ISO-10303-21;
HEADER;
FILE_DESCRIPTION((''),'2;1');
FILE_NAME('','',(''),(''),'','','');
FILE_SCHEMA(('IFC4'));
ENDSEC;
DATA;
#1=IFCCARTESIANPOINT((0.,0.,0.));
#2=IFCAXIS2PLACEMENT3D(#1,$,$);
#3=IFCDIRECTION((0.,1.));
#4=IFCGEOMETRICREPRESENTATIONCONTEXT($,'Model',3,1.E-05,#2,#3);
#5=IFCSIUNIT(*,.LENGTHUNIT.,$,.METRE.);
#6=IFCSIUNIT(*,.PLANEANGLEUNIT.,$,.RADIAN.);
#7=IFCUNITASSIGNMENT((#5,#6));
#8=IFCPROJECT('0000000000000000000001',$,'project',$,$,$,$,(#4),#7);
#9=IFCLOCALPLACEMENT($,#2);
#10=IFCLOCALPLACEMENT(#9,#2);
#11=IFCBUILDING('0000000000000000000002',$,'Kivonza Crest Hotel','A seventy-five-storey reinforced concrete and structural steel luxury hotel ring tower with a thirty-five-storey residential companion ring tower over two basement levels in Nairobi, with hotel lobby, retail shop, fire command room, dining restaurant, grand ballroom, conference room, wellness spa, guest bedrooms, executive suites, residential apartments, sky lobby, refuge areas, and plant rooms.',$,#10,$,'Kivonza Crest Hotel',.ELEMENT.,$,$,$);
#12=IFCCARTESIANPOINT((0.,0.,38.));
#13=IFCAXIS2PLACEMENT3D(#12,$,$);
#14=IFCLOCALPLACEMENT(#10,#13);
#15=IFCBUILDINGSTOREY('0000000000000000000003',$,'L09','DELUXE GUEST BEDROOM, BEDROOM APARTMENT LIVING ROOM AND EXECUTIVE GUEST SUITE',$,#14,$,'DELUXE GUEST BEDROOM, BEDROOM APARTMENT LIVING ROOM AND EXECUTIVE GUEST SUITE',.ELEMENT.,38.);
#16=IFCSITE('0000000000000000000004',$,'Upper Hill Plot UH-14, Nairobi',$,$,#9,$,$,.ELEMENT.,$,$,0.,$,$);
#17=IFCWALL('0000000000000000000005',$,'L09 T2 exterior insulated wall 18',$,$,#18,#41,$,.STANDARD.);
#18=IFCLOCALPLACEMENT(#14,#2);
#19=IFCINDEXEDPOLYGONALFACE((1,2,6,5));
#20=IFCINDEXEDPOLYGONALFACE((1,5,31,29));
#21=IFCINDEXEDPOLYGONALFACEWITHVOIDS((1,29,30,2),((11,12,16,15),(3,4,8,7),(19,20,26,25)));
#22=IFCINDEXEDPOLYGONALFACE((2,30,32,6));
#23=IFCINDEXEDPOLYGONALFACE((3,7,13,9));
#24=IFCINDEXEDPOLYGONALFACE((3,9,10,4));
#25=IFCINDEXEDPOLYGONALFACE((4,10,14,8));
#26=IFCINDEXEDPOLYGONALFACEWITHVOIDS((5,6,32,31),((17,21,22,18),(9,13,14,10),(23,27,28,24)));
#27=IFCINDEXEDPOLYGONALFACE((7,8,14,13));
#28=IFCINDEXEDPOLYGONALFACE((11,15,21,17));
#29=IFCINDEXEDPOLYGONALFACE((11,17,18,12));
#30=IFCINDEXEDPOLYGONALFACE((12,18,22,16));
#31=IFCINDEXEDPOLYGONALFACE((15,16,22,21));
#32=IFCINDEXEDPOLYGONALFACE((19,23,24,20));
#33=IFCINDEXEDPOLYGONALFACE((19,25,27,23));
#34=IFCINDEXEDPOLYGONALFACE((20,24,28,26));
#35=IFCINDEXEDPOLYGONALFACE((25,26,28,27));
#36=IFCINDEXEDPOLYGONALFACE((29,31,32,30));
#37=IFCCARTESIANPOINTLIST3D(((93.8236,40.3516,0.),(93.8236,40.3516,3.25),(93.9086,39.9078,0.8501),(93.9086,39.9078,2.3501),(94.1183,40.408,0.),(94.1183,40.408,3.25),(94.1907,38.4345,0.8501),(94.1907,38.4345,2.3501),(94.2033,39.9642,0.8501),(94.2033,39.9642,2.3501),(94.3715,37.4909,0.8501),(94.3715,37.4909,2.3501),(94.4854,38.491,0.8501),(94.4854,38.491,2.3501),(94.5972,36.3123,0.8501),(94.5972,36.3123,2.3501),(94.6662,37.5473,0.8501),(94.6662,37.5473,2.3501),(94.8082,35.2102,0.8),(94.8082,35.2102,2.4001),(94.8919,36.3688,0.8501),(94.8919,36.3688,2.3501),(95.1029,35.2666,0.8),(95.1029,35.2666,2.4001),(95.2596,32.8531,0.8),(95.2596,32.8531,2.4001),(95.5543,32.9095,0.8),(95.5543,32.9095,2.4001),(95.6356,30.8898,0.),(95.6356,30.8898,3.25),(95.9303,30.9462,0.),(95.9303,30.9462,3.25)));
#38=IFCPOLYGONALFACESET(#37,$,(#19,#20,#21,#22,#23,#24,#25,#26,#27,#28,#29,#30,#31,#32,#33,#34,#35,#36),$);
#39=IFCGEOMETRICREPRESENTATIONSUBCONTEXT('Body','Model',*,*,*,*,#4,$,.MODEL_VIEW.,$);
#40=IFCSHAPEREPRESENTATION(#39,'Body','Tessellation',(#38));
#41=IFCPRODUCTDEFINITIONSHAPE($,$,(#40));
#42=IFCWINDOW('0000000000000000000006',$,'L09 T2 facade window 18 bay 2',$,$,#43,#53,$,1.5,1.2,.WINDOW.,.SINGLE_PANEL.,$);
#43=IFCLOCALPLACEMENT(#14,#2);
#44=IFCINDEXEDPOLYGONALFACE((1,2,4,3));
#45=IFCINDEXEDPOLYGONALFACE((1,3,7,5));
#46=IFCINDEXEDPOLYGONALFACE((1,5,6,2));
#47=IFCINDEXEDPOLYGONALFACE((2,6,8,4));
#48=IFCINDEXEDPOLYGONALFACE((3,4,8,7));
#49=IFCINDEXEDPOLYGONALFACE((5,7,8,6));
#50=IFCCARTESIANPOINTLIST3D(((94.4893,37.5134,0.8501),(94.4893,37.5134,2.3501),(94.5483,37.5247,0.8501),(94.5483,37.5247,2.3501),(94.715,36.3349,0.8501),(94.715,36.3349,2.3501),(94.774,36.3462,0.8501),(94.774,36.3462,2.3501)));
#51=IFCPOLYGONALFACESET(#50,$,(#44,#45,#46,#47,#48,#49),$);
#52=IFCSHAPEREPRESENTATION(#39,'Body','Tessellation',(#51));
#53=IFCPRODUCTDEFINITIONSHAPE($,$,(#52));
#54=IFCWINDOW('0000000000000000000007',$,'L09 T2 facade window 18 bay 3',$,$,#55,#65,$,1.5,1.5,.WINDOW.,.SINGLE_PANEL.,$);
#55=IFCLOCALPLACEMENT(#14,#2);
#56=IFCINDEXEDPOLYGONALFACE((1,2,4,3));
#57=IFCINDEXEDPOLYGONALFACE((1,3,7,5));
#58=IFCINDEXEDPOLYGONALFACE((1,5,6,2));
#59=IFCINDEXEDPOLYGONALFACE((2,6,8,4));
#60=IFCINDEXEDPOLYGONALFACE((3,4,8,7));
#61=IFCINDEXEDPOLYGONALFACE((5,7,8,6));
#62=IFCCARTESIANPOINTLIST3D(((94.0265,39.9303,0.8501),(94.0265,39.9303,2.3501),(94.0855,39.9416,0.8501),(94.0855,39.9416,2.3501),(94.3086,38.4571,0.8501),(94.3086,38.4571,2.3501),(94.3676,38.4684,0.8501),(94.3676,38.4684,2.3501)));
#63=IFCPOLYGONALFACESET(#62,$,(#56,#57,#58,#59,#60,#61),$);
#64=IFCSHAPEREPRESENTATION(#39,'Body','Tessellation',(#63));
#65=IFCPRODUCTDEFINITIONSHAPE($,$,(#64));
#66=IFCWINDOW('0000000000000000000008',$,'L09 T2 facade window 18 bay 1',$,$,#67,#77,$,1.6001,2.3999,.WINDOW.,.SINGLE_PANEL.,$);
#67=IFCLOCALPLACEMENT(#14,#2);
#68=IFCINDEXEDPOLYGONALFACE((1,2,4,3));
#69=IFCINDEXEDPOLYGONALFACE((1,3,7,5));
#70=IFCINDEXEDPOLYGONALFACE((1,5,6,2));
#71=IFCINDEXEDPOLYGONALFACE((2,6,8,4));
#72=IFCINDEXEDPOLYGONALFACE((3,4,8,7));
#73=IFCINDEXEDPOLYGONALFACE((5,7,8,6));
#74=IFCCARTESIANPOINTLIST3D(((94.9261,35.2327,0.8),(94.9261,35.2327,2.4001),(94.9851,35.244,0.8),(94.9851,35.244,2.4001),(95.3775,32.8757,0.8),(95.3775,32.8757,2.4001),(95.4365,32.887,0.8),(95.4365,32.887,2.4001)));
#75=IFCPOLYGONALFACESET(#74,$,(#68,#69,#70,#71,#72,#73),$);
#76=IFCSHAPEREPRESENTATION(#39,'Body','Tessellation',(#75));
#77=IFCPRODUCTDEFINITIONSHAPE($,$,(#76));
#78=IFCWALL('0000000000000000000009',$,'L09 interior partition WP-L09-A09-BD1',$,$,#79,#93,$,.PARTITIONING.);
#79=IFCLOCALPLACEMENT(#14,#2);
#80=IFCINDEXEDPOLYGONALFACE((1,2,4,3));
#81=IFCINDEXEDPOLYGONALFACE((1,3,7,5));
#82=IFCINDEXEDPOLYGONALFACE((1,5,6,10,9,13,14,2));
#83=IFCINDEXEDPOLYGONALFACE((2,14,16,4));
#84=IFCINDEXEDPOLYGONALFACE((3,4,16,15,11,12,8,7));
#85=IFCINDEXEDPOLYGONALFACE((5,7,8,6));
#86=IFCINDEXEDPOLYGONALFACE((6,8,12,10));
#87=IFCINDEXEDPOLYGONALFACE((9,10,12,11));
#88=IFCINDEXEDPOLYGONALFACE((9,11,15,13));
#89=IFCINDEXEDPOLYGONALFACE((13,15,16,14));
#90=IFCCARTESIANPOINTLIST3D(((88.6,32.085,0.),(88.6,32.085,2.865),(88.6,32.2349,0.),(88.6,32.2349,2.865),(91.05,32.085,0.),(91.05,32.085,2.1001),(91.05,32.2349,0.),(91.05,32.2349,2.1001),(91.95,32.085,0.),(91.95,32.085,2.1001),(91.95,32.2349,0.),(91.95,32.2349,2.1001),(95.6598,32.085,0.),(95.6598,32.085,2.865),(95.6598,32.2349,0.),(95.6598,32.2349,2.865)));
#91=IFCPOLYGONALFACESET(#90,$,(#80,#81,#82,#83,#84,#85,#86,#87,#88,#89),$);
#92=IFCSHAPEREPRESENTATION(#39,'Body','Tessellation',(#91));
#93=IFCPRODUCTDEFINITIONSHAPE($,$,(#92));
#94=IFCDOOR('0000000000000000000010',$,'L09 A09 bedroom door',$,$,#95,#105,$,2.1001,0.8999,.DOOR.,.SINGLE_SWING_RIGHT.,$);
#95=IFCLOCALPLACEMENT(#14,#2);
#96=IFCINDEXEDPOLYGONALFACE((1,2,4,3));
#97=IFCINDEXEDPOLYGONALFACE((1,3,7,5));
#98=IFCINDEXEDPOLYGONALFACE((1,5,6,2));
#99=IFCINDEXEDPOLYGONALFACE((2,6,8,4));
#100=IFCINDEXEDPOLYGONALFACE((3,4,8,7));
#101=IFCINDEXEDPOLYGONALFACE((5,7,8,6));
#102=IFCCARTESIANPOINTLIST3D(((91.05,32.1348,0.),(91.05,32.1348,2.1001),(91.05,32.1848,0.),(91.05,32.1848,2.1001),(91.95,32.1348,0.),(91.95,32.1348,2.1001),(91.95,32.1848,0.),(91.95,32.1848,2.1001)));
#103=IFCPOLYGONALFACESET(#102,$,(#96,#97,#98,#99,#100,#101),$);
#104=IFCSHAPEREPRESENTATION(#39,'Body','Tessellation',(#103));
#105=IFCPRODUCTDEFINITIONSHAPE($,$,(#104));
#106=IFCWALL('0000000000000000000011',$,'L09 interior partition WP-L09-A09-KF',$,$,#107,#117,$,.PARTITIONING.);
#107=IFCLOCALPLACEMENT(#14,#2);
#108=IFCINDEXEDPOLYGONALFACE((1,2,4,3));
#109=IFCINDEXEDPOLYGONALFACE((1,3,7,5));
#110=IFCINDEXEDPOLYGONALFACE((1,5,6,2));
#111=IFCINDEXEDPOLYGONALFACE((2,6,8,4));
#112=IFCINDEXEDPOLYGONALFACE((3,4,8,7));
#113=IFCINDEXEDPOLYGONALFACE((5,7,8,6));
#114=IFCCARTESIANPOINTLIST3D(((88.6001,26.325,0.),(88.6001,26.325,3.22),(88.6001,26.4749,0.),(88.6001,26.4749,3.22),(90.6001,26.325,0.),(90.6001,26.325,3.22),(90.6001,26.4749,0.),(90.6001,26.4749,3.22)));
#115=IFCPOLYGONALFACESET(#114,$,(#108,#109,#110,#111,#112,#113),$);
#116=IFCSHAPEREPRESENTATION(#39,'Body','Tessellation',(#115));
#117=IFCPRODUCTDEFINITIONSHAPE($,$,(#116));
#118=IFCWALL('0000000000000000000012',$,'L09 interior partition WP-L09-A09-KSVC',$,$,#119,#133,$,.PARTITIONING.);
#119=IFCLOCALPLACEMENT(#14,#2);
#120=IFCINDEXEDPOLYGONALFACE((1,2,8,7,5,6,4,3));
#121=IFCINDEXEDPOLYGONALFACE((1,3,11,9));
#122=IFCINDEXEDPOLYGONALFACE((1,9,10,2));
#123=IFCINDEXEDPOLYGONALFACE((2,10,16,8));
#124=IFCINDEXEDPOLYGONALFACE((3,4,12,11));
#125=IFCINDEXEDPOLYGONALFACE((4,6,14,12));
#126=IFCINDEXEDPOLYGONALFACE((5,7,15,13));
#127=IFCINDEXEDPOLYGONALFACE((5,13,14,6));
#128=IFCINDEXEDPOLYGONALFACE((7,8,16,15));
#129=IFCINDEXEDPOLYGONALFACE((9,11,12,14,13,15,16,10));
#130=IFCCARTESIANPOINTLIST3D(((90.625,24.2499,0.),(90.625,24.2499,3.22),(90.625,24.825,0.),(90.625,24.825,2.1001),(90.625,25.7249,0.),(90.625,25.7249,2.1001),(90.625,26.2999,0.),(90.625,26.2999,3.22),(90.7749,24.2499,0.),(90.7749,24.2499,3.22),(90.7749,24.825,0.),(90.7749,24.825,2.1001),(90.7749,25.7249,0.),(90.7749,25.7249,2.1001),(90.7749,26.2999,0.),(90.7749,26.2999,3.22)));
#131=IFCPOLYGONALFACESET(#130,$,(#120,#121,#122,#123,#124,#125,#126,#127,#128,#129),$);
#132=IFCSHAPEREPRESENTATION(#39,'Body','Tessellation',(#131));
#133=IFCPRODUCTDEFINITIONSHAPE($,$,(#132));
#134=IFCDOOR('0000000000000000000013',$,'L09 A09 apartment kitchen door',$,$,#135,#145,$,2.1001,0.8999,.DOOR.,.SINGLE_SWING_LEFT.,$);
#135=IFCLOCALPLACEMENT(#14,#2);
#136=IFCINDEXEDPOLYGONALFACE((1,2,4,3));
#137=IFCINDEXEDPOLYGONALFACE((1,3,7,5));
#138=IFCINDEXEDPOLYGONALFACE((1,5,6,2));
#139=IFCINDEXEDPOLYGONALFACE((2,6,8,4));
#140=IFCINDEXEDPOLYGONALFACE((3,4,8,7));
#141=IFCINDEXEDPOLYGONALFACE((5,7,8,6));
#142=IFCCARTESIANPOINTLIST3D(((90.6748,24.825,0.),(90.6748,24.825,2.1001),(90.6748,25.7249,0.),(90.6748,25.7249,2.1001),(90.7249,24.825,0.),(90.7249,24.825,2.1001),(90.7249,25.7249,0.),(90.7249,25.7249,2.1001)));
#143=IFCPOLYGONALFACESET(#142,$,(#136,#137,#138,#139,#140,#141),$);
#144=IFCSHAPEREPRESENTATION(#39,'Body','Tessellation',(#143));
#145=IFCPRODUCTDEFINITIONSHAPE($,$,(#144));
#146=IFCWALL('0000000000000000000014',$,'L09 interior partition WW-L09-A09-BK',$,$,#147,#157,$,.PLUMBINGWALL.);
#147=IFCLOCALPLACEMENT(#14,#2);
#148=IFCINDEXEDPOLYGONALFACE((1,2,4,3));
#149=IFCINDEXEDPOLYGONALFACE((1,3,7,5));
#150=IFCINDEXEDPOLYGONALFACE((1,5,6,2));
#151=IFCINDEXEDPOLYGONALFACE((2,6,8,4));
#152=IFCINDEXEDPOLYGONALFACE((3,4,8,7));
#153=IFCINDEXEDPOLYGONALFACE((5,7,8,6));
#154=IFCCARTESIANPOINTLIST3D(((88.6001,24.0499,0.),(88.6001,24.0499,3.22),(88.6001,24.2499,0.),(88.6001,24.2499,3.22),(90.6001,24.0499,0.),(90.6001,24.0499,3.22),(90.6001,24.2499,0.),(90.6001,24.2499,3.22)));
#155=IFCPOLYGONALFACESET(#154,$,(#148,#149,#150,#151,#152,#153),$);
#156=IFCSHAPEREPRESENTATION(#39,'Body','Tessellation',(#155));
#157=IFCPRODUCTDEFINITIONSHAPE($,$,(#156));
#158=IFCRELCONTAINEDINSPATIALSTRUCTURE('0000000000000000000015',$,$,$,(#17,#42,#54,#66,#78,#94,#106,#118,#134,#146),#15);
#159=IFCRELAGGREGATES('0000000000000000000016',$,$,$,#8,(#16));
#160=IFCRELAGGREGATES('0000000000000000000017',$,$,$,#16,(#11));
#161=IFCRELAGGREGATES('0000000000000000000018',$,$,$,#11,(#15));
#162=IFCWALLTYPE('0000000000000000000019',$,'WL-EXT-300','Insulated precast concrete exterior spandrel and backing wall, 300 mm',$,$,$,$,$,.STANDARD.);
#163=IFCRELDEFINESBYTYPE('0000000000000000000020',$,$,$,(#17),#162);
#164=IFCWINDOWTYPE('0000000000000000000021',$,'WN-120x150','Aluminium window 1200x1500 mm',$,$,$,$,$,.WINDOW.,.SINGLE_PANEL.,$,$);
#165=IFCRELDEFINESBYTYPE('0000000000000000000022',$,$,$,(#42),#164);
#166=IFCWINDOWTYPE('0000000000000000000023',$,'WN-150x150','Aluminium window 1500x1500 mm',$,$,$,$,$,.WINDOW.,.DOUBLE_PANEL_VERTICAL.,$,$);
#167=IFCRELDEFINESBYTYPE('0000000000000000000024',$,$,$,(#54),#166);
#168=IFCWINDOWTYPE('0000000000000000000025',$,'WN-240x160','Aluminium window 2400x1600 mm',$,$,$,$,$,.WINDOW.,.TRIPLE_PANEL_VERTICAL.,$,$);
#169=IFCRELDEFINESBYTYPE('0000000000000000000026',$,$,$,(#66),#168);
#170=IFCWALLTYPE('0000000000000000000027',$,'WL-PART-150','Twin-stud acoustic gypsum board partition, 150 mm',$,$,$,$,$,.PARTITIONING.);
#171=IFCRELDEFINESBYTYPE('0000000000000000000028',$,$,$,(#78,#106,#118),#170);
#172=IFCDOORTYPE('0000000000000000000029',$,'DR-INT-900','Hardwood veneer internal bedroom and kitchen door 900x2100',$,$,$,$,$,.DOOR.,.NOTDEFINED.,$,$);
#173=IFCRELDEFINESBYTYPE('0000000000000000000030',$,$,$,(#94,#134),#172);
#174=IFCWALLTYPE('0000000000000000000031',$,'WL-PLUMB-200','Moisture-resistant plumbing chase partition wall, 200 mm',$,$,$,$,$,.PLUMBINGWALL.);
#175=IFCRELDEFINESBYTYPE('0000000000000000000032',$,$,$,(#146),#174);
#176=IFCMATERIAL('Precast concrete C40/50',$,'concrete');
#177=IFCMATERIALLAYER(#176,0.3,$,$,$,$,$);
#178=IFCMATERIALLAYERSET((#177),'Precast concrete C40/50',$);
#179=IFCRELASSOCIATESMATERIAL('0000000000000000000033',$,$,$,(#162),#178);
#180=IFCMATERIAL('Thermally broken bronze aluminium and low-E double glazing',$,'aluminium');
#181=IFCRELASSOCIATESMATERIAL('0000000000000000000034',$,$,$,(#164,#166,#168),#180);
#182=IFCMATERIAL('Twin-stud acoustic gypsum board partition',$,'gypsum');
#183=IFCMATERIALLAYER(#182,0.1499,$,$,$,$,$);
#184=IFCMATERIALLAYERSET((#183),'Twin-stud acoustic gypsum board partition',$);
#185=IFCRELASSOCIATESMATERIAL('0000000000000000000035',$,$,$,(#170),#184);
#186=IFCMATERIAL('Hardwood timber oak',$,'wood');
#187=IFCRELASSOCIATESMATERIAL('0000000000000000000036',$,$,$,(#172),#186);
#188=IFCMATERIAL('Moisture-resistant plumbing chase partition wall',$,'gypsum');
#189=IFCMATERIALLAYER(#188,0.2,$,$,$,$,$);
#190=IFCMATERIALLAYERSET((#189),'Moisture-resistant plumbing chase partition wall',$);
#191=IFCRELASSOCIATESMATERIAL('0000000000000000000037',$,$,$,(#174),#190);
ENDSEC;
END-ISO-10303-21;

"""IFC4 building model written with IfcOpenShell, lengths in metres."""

from ifc_helpers import new_model, si_unit, direction, frame, frame_2d, origin, place, context, subcontext, project, spatial, rectangle, extrude, material, layer, layer_set, type_object, element, fill, save


model = new_model("IFC4")

# Units and contexts
model_context = context("Model", 3, precision=1e-05, world=origin(), true_north=direction((0.0, 1.0)))
body_context = subcontext(model_context, "Body", "Model", "MODEL_VIEW")
ifc_project = project(units=[si_unit("LENGTHUNIT", "METRE"), si_unit("PLANEANGLEUNIT", "RADIAN")], contexts=[model_context])

# Site, building, storey
site_placement = place(None, origin())
site = spatial("IfcSite", under=ifc_project, at=site_placement, Name="Upper Hill Plot UH-14, Nairobi", CompositionType="ELEMENT", RefElevation=0.0)
building_placement = place(site_placement, origin())
building = spatial("IfcBuilding", under=site, at=building_placement, Name="Kivonza Crest Hotel", Description="A seventy-five-storey reinforced concrete and structural steel luxury hotel ring tower with a thirty-five-storey residential companion ring tower over two basement levels in Nairobi, with hotel lobby, retail shop, fire command room, dining restaurant, grand ballroom, conference room, wellness spa, guest bedrooms, executive suites, residential apartments, sky lobby, refuge areas, and plant rooms.", LongName="Kivonza Crest Hotel", CompositionType="ELEMENT")
storey_placement = place(building_placement, frame((0.0, 0.0, 38.0)))
storey = spatial("IfcBuildingStorey", under=building, at=storey_placement, Name="L09", Description="DELUXE GUEST BEDROOM, BEDROOM APARTMENT LIVING ROOM AND EXECUTIVE GUEST SUITE", LongName="DELUXE GUEST BEDROOM, BEDROOM APARTMENT LIVING ROOM AND EXECUTIVE GUEST SUITE", CompositionType="ELEMENT", Elevation=38.0)

# Wall, openings, windows
ifc_material_1 = material(Name="Precast concrete C40/50", Category="concrete")
ifc_layer_1 = layer(ifc_material_1, 0.3)
ifc_layer_set_1 = layer_set([ifc_layer_1], Name="Precast concrete C40/50")
wall_type_1 = type_object("IfcWallType", Name="WL-EXT-300", Description="Insulated precast concrete exterior spandrel and backing wall, 300 mm", PredefinedType="STANDARD", material=ifc_layer_set_1)
wall_1_placement = place(storey_placement, frame((95.783, 30.918, 0.0), z_axis=(0.0, 0.0, 1.0), x_axis=(-0.188088, 0.982152, 0.0)))
wall_1 = element("IfcWall", 1, at=wall_1_placement, inside=storey, type_object=wall_type_1, Name="L09 T2 exterior insulated wall 18", PredefinedType="STANDARD", context=body_context, shape_type="SweptSolid", body=[
    extrude(rectangle(XDim=9.6338, YDim=0.3, at=frame_2d((4.8169, 0.0))), origin(), (0.0, 0.0, 1.0), 3.25),
])
opening_1_placement = place(wall_1_placement, frame((1.999, 0.0, 0.8)))
opening_1 = element("IfcOpeningElement", 2, at=opening_1_placement, cuts=wall_1, PredefinedType="OPENING", context=body_context, shape_type="SweptSolid", body=[
    extrude(rectangle(XDim=2.3999, YDim=1.6001, at=frame_2d((1.2, 0.8))), frame((0.0, 0.1602, 0.0), z_axis=(0.0, -1.0, 0.0), x_axis=(1.0, 0.0, 0.0)), (0.0, 0.0, 1.0), 0.3201),
])
opening_2_placement = place(wall_1_placement, frame((5.521, 0.0, 0.8501)))
opening_2 = element("IfcOpeningElement", 3, at=opening_2_placement, cuts=wall_1, PredefinedType="OPENING", context=body_context, shape_type="SweptSolid", body=[
    extrude(rectangle(XDim=1.2, YDim=1.5, at=frame_2d((0.6001, 0.75))), frame((0.0, 0.1602, 0.0), z_axis=(0.0, -1.0, 0.0), x_axis=(1.0, 0.0, 0.0)), (0.0, 0.0, 1.0), 0.3201),
])
opening_3_placement = place(wall_1_placement, frame((7.6819, 0.0, 0.8501)))
opening_3 = element("IfcOpeningElement", 4, at=opening_3_placement, cuts=wall_1, PredefinedType="OPENING", context=body_context, shape_type="SweptSolid", body=[
    extrude(rectangle(XDim=1.5, YDim=1.5, at=frame_2d((0.75, 0.75))), frame((0.0, 0.1602, 0.0), z_axis=(0.0, -1.0, 0.0), x_axis=(1.0, 0.0, 0.0)), (0.0, 0.0, 1.0), 0.3201),
])
ifc_material_2 = material(Name="Thermally broken bronze aluminium and low-E double glazing", Category="aluminium")
window_type_1 = type_object("IfcWindowType", Name="WN-120x150", Description="Aluminium window 1200x1500 mm", PartitioningType="SINGLE_PANEL", PredefinedType="WINDOW", material=ifc_material_2)
window_1_placement = place(opening_2_placement, origin())
window_1 = element("IfcWindow", 5, at=window_1_placement, inside=storey, type_object=window_type_1, Name="L09 T2 facade window 18 bay 2", OverallHeight=1.5, OverallWidth=1.2, PartitioningType="SINGLE_PANEL", PredefinedType="WINDOW", context=body_context, shape_type="SweptSolid", body=[
    extrude(rectangle(XDim=1.2, YDim=1.5, at=frame_2d((0.6001, 0.75))), frame((0.0, 0.03, 0.0), z_axis=(0.0, -1.0, 0.0), x_axis=(1.0, 0.0, 0.0)), (0.0, 0.0, 1.0), 0.0601),
])
fill(opening_2, window_1)
window_type_2 = type_object("IfcWindowType", Name="WN-150x150", Description="Aluminium window 1500x1500 mm", PartitioningType="DOUBLE_PANEL_VERTICAL", PredefinedType="WINDOW", material=ifc_material_2)
window_2_placement = place(opening_3_placement, origin())
window_2 = element("IfcWindow", 6, at=window_2_placement, inside=storey, type_object=window_type_2, Name="L09 T2 facade window 18 bay 3", OverallHeight=1.5, OverallWidth=1.5, PartitioningType="SINGLE_PANEL", PredefinedType="WINDOW", context=body_context, shape_type="SweptSolid", body=[
    extrude(rectangle(XDim=1.5, YDim=1.5, at=frame_2d((0.75, 0.75))), frame((0.0, 0.03, 0.0), z_axis=(0.0, -1.0, 0.0), x_axis=(1.0, 0.0, 0.0)), (0.0, 0.0, 1.0), 0.0601),
])
fill(opening_3, window_2)
window_type_3 = type_object("IfcWindowType", Name="WN-240x160", Description="Aluminium window 2400x1600 mm", PartitioningType="TRIPLE_PANEL_VERTICAL", PredefinedType="WINDOW", material=ifc_material_2)
window_3_placement = place(opening_1_placement, origin())
window_3 = element("IfcWindow", 7, at=window_3_placement, inside=storey, type_object=window_type_3, Name="L09 T2 facade window 18 bay 1", OverallHeight=1.6001, OverallWidth=2.3999, PartitioningType="SINGLE_PANEL", PredefinedType="WINDOW", context=body_context, shape_type="SweptSolid", body=[
    extrude(rectangle(XDim=2.3999, YDim=1.6001, at=frame_2d((1.2, 0.8))), frame((0.0, 0.03, 0.0), z_axis=(0.0, -1.0, 0.0), x_axis=(1.0, 0.0, 0.0)), (0.0, 0.0, 1.0), 0.0601),
])
fill(opening_1, window_3)

# Wall, opening, door
ifc_material_3 = material(Name="Twin-stud acoustic gypsum board partition", Category="gypsum")
ifc_layer_2 = layer(ifc_material_3, 0.1499)
ifc_layer_set_2 = layer_set([ifc_layer_2], Name="Twin-stud acoustic gypsum board partition")
wall_type_2 = type_object("IfcWallType", Name="WL-PART-150", Description="Twin-stud acoustic gypsum board partition, 150 mm", PredefinedType="PARTITIONING", material=ifc_layer_set_2)
wall_2_placement = place(storey_placement, frame((88.6001, 32.1599, 0.0), z_axis=(0.0, 0.0, 1.0), x_axis=(1.0, 0.0, 0.0)))
wall_2 = element("IfcWall", 8, at=wall_2_placement, inside=storey, type_object=wall_type_2, Name="L09 interior partition WP-L09-A09-BD1", PredefinedType="PARTITIONING", context=body_context, shape_type="SweptSolid", body=[
    extrude(rectangle(XDim=7.0598, YDim=0.1499, at=frame_2d((3.5298, 0.0))), origin(), (0.0, 0.0, 1.0), 2.865),
])
opening_4_placement = place(wall_2_placement, frame((2.45, 0.0, 0.0)))
opening_4 = element("IfcOpeningElement", 9, at=opening_4_placement, cuts=wall_2, PredefinedType="OPENING", context=body_context, shape_type="SweptSolid", body=[
    extrude(rectangle(XDim=0.8999, YDim=2.1001, at=frame_2d((0.45, 1.05))), frame((0.0, 0.085, 0.0), z_axis=(0.0, -1.0, 0.0), x_axis=(1.0, 0.0, 0.0)), (0.0, 0.0, 1.0), 0.1699),
])
ifc_material_4 = material(Name="Hardwood timber oak", Category="wood")
door_type_1 = type_object("IfcDoorType", Name="DR-INT-900", Description="Hardwood veneer internal bedroom and kitchen door 900x2100", OperationType="NOTDEFINED", PredefinedType="DOOR", material=ifc_material_4)
door_1_placement = place(opening_4_placement, origin())
door_1 = element("IfcDoor", 10, at=door_1_placement, inside=storey, type_object=door_type_1, Name="L09 A09 bedroom door", OperationType="SINGLE_SWING_RIGHT", OverallHeight=2.1001, OverallWidth=0.8999, PredefinedType="DOOR", context=body_context, shape_type="SweptSolid", body=[
    extrude(rectangle(XDim=0.8999, YDim=2.1001, at=frame_2d((0.45, 1.05))), frame((0.0, 0.0249, 0.0), z_axis=(0.0, -1.0, 0.0), x_axis=(1.0, 0.0, 0.0)), (0.0, 0.0, 1.0), 0.05),
])
fill(opening_4, door_1)

# Wall
wall_3_placement = place(storey_placement, frame((88.6001, 26.3999, 0.0), z_axis=(0.0, 0.0, 1.0), x_axis=(1.0, 0.0, 0.0)))
element("IfcWall", 11, at=wall_3_placement, inside=storey, type_object=wall_type_2, Name="L09 interior partition WP-L09-A09-KF", PredefinedType="PARTITIONING", context=body_context, shape_type="SweptSolid", body=[
    extrude(rectangle(XDim=2.0, YDim=0.1499, at=frame_2d((1.0, 0.0))), origin(), (0.0, 0.0, 1.0), 3.22),
])

# Wall, opening, door
wall_4_placement = place(storey_placement, frame((90.7, 24.25, 0.0), z_axis=(0.0, 0.0, 1.0), x_axis=(0.0, 1.0, 0.0)))
wall_4 = element("IfcWall", 12, at=wall_4_placement, inside=storey, type_object=wall_type_2, Name="L09 interior partition WP-L09-A09-KSVC", PredefinedType="PARTITIONING", context=body_context, shape_type="SweptSolid", body=[
    extrude(rectangle(XDim=2.05, YDim=0.1499, at=frame_2d((1.0249, 0.0))), origin(), (0.0, 0.0, 1.0), 3.22),
])
opening_5_placement = place(wall_4_placement, frame((0.575, 0.0, 0.0)))
opening_5 = element("IfcOpeningElement", 13, at=opening_5_placement, cuts=wall_4, PredefinedType="OPENING", context=body_context, shape_type="SweptSolid", body=[
    extrude(rectangle(XDim=0.8999, YDim=2.1001, at=frame_2d((0.45, 1.05))), frame((0.0, 0.085, 0.0), z_axis=(0.0, -1.0, 0.0), x_axis=(1.0, 0.0, 0.0)), (0.0, 0.0, 1.0), 0.1699),
])
door_2_placement = place(opening_5_placement, frame((0.8999, 0.0, 0.0), z_axis=(0.0, 0.0, 1.0), x_axis=(-1.0, 0.0, 0.0)))
door_2 = element("IfcDoor", 14, at=door_2_placement, inside=storey, type_object=door_type_1, Name="L09 A09 apartment kitchen door", OperationType="SINGLE_SWING_LEFT", OverallHeight=2.1001, OverallWidth=0.8999, PredefinedType="DOOR", context=body_context, shape_type="SweptSolid", body=[
    extrude(rectangle(XDim=0.8999, YDim=2.1001, at=frame_2d((0.45, 1.05))), frame((0.0, 0.0249, 0.0), z_axis=(0.0, -1.0, 0.0), x_axis=(1.0, 0.0, 0.0)), (0.0, 0.0, 1.0), 0.05),
])
fill(opening_5, door_2)

# Wall
ifc_material_5 = material(Name="Moisture-resistant plumbing chase partition wall", Category="gypsum")
ifc_layer_3 = layer(ifc_material_5, 0.2)
ifc_layer_set_3 = layer_set([ifc_layer_3], Name="Moisture-resistant plumbing chase partition wall")
wall_type_3 = type_object("IfcWallType", Name="WL-PLUMB-200", Description="Moisture-resistant plumbing chase partition wall, 200 mm", PredefinedType="PLUMBINGWALL", material=ifc_layer_set_3)
wall_5_placement = place(storey_placement, frame((88.6001, 24.1499, 0.0), z_axis=(0.0, 0.0, 1.0), x_axis=(1.0, 0.0, 0.0)))
element("IfcWall", 15, at=wall_5_placement, inside=storey, type_object=wall_type_3, Name="L09 interior partition WW-L09-A09-BK", PredefinedType="PLUMBINGWALL", context=body_context, shape_type="SweptSolid", body=[
    extrude(rectangle(XDim=2.0, YDim=0.2, at=frame_2d((1.0, 0.0))), origin(), (0.0, 0.0, 1.0), 3.22),
])

save(model, "model.ifc")
